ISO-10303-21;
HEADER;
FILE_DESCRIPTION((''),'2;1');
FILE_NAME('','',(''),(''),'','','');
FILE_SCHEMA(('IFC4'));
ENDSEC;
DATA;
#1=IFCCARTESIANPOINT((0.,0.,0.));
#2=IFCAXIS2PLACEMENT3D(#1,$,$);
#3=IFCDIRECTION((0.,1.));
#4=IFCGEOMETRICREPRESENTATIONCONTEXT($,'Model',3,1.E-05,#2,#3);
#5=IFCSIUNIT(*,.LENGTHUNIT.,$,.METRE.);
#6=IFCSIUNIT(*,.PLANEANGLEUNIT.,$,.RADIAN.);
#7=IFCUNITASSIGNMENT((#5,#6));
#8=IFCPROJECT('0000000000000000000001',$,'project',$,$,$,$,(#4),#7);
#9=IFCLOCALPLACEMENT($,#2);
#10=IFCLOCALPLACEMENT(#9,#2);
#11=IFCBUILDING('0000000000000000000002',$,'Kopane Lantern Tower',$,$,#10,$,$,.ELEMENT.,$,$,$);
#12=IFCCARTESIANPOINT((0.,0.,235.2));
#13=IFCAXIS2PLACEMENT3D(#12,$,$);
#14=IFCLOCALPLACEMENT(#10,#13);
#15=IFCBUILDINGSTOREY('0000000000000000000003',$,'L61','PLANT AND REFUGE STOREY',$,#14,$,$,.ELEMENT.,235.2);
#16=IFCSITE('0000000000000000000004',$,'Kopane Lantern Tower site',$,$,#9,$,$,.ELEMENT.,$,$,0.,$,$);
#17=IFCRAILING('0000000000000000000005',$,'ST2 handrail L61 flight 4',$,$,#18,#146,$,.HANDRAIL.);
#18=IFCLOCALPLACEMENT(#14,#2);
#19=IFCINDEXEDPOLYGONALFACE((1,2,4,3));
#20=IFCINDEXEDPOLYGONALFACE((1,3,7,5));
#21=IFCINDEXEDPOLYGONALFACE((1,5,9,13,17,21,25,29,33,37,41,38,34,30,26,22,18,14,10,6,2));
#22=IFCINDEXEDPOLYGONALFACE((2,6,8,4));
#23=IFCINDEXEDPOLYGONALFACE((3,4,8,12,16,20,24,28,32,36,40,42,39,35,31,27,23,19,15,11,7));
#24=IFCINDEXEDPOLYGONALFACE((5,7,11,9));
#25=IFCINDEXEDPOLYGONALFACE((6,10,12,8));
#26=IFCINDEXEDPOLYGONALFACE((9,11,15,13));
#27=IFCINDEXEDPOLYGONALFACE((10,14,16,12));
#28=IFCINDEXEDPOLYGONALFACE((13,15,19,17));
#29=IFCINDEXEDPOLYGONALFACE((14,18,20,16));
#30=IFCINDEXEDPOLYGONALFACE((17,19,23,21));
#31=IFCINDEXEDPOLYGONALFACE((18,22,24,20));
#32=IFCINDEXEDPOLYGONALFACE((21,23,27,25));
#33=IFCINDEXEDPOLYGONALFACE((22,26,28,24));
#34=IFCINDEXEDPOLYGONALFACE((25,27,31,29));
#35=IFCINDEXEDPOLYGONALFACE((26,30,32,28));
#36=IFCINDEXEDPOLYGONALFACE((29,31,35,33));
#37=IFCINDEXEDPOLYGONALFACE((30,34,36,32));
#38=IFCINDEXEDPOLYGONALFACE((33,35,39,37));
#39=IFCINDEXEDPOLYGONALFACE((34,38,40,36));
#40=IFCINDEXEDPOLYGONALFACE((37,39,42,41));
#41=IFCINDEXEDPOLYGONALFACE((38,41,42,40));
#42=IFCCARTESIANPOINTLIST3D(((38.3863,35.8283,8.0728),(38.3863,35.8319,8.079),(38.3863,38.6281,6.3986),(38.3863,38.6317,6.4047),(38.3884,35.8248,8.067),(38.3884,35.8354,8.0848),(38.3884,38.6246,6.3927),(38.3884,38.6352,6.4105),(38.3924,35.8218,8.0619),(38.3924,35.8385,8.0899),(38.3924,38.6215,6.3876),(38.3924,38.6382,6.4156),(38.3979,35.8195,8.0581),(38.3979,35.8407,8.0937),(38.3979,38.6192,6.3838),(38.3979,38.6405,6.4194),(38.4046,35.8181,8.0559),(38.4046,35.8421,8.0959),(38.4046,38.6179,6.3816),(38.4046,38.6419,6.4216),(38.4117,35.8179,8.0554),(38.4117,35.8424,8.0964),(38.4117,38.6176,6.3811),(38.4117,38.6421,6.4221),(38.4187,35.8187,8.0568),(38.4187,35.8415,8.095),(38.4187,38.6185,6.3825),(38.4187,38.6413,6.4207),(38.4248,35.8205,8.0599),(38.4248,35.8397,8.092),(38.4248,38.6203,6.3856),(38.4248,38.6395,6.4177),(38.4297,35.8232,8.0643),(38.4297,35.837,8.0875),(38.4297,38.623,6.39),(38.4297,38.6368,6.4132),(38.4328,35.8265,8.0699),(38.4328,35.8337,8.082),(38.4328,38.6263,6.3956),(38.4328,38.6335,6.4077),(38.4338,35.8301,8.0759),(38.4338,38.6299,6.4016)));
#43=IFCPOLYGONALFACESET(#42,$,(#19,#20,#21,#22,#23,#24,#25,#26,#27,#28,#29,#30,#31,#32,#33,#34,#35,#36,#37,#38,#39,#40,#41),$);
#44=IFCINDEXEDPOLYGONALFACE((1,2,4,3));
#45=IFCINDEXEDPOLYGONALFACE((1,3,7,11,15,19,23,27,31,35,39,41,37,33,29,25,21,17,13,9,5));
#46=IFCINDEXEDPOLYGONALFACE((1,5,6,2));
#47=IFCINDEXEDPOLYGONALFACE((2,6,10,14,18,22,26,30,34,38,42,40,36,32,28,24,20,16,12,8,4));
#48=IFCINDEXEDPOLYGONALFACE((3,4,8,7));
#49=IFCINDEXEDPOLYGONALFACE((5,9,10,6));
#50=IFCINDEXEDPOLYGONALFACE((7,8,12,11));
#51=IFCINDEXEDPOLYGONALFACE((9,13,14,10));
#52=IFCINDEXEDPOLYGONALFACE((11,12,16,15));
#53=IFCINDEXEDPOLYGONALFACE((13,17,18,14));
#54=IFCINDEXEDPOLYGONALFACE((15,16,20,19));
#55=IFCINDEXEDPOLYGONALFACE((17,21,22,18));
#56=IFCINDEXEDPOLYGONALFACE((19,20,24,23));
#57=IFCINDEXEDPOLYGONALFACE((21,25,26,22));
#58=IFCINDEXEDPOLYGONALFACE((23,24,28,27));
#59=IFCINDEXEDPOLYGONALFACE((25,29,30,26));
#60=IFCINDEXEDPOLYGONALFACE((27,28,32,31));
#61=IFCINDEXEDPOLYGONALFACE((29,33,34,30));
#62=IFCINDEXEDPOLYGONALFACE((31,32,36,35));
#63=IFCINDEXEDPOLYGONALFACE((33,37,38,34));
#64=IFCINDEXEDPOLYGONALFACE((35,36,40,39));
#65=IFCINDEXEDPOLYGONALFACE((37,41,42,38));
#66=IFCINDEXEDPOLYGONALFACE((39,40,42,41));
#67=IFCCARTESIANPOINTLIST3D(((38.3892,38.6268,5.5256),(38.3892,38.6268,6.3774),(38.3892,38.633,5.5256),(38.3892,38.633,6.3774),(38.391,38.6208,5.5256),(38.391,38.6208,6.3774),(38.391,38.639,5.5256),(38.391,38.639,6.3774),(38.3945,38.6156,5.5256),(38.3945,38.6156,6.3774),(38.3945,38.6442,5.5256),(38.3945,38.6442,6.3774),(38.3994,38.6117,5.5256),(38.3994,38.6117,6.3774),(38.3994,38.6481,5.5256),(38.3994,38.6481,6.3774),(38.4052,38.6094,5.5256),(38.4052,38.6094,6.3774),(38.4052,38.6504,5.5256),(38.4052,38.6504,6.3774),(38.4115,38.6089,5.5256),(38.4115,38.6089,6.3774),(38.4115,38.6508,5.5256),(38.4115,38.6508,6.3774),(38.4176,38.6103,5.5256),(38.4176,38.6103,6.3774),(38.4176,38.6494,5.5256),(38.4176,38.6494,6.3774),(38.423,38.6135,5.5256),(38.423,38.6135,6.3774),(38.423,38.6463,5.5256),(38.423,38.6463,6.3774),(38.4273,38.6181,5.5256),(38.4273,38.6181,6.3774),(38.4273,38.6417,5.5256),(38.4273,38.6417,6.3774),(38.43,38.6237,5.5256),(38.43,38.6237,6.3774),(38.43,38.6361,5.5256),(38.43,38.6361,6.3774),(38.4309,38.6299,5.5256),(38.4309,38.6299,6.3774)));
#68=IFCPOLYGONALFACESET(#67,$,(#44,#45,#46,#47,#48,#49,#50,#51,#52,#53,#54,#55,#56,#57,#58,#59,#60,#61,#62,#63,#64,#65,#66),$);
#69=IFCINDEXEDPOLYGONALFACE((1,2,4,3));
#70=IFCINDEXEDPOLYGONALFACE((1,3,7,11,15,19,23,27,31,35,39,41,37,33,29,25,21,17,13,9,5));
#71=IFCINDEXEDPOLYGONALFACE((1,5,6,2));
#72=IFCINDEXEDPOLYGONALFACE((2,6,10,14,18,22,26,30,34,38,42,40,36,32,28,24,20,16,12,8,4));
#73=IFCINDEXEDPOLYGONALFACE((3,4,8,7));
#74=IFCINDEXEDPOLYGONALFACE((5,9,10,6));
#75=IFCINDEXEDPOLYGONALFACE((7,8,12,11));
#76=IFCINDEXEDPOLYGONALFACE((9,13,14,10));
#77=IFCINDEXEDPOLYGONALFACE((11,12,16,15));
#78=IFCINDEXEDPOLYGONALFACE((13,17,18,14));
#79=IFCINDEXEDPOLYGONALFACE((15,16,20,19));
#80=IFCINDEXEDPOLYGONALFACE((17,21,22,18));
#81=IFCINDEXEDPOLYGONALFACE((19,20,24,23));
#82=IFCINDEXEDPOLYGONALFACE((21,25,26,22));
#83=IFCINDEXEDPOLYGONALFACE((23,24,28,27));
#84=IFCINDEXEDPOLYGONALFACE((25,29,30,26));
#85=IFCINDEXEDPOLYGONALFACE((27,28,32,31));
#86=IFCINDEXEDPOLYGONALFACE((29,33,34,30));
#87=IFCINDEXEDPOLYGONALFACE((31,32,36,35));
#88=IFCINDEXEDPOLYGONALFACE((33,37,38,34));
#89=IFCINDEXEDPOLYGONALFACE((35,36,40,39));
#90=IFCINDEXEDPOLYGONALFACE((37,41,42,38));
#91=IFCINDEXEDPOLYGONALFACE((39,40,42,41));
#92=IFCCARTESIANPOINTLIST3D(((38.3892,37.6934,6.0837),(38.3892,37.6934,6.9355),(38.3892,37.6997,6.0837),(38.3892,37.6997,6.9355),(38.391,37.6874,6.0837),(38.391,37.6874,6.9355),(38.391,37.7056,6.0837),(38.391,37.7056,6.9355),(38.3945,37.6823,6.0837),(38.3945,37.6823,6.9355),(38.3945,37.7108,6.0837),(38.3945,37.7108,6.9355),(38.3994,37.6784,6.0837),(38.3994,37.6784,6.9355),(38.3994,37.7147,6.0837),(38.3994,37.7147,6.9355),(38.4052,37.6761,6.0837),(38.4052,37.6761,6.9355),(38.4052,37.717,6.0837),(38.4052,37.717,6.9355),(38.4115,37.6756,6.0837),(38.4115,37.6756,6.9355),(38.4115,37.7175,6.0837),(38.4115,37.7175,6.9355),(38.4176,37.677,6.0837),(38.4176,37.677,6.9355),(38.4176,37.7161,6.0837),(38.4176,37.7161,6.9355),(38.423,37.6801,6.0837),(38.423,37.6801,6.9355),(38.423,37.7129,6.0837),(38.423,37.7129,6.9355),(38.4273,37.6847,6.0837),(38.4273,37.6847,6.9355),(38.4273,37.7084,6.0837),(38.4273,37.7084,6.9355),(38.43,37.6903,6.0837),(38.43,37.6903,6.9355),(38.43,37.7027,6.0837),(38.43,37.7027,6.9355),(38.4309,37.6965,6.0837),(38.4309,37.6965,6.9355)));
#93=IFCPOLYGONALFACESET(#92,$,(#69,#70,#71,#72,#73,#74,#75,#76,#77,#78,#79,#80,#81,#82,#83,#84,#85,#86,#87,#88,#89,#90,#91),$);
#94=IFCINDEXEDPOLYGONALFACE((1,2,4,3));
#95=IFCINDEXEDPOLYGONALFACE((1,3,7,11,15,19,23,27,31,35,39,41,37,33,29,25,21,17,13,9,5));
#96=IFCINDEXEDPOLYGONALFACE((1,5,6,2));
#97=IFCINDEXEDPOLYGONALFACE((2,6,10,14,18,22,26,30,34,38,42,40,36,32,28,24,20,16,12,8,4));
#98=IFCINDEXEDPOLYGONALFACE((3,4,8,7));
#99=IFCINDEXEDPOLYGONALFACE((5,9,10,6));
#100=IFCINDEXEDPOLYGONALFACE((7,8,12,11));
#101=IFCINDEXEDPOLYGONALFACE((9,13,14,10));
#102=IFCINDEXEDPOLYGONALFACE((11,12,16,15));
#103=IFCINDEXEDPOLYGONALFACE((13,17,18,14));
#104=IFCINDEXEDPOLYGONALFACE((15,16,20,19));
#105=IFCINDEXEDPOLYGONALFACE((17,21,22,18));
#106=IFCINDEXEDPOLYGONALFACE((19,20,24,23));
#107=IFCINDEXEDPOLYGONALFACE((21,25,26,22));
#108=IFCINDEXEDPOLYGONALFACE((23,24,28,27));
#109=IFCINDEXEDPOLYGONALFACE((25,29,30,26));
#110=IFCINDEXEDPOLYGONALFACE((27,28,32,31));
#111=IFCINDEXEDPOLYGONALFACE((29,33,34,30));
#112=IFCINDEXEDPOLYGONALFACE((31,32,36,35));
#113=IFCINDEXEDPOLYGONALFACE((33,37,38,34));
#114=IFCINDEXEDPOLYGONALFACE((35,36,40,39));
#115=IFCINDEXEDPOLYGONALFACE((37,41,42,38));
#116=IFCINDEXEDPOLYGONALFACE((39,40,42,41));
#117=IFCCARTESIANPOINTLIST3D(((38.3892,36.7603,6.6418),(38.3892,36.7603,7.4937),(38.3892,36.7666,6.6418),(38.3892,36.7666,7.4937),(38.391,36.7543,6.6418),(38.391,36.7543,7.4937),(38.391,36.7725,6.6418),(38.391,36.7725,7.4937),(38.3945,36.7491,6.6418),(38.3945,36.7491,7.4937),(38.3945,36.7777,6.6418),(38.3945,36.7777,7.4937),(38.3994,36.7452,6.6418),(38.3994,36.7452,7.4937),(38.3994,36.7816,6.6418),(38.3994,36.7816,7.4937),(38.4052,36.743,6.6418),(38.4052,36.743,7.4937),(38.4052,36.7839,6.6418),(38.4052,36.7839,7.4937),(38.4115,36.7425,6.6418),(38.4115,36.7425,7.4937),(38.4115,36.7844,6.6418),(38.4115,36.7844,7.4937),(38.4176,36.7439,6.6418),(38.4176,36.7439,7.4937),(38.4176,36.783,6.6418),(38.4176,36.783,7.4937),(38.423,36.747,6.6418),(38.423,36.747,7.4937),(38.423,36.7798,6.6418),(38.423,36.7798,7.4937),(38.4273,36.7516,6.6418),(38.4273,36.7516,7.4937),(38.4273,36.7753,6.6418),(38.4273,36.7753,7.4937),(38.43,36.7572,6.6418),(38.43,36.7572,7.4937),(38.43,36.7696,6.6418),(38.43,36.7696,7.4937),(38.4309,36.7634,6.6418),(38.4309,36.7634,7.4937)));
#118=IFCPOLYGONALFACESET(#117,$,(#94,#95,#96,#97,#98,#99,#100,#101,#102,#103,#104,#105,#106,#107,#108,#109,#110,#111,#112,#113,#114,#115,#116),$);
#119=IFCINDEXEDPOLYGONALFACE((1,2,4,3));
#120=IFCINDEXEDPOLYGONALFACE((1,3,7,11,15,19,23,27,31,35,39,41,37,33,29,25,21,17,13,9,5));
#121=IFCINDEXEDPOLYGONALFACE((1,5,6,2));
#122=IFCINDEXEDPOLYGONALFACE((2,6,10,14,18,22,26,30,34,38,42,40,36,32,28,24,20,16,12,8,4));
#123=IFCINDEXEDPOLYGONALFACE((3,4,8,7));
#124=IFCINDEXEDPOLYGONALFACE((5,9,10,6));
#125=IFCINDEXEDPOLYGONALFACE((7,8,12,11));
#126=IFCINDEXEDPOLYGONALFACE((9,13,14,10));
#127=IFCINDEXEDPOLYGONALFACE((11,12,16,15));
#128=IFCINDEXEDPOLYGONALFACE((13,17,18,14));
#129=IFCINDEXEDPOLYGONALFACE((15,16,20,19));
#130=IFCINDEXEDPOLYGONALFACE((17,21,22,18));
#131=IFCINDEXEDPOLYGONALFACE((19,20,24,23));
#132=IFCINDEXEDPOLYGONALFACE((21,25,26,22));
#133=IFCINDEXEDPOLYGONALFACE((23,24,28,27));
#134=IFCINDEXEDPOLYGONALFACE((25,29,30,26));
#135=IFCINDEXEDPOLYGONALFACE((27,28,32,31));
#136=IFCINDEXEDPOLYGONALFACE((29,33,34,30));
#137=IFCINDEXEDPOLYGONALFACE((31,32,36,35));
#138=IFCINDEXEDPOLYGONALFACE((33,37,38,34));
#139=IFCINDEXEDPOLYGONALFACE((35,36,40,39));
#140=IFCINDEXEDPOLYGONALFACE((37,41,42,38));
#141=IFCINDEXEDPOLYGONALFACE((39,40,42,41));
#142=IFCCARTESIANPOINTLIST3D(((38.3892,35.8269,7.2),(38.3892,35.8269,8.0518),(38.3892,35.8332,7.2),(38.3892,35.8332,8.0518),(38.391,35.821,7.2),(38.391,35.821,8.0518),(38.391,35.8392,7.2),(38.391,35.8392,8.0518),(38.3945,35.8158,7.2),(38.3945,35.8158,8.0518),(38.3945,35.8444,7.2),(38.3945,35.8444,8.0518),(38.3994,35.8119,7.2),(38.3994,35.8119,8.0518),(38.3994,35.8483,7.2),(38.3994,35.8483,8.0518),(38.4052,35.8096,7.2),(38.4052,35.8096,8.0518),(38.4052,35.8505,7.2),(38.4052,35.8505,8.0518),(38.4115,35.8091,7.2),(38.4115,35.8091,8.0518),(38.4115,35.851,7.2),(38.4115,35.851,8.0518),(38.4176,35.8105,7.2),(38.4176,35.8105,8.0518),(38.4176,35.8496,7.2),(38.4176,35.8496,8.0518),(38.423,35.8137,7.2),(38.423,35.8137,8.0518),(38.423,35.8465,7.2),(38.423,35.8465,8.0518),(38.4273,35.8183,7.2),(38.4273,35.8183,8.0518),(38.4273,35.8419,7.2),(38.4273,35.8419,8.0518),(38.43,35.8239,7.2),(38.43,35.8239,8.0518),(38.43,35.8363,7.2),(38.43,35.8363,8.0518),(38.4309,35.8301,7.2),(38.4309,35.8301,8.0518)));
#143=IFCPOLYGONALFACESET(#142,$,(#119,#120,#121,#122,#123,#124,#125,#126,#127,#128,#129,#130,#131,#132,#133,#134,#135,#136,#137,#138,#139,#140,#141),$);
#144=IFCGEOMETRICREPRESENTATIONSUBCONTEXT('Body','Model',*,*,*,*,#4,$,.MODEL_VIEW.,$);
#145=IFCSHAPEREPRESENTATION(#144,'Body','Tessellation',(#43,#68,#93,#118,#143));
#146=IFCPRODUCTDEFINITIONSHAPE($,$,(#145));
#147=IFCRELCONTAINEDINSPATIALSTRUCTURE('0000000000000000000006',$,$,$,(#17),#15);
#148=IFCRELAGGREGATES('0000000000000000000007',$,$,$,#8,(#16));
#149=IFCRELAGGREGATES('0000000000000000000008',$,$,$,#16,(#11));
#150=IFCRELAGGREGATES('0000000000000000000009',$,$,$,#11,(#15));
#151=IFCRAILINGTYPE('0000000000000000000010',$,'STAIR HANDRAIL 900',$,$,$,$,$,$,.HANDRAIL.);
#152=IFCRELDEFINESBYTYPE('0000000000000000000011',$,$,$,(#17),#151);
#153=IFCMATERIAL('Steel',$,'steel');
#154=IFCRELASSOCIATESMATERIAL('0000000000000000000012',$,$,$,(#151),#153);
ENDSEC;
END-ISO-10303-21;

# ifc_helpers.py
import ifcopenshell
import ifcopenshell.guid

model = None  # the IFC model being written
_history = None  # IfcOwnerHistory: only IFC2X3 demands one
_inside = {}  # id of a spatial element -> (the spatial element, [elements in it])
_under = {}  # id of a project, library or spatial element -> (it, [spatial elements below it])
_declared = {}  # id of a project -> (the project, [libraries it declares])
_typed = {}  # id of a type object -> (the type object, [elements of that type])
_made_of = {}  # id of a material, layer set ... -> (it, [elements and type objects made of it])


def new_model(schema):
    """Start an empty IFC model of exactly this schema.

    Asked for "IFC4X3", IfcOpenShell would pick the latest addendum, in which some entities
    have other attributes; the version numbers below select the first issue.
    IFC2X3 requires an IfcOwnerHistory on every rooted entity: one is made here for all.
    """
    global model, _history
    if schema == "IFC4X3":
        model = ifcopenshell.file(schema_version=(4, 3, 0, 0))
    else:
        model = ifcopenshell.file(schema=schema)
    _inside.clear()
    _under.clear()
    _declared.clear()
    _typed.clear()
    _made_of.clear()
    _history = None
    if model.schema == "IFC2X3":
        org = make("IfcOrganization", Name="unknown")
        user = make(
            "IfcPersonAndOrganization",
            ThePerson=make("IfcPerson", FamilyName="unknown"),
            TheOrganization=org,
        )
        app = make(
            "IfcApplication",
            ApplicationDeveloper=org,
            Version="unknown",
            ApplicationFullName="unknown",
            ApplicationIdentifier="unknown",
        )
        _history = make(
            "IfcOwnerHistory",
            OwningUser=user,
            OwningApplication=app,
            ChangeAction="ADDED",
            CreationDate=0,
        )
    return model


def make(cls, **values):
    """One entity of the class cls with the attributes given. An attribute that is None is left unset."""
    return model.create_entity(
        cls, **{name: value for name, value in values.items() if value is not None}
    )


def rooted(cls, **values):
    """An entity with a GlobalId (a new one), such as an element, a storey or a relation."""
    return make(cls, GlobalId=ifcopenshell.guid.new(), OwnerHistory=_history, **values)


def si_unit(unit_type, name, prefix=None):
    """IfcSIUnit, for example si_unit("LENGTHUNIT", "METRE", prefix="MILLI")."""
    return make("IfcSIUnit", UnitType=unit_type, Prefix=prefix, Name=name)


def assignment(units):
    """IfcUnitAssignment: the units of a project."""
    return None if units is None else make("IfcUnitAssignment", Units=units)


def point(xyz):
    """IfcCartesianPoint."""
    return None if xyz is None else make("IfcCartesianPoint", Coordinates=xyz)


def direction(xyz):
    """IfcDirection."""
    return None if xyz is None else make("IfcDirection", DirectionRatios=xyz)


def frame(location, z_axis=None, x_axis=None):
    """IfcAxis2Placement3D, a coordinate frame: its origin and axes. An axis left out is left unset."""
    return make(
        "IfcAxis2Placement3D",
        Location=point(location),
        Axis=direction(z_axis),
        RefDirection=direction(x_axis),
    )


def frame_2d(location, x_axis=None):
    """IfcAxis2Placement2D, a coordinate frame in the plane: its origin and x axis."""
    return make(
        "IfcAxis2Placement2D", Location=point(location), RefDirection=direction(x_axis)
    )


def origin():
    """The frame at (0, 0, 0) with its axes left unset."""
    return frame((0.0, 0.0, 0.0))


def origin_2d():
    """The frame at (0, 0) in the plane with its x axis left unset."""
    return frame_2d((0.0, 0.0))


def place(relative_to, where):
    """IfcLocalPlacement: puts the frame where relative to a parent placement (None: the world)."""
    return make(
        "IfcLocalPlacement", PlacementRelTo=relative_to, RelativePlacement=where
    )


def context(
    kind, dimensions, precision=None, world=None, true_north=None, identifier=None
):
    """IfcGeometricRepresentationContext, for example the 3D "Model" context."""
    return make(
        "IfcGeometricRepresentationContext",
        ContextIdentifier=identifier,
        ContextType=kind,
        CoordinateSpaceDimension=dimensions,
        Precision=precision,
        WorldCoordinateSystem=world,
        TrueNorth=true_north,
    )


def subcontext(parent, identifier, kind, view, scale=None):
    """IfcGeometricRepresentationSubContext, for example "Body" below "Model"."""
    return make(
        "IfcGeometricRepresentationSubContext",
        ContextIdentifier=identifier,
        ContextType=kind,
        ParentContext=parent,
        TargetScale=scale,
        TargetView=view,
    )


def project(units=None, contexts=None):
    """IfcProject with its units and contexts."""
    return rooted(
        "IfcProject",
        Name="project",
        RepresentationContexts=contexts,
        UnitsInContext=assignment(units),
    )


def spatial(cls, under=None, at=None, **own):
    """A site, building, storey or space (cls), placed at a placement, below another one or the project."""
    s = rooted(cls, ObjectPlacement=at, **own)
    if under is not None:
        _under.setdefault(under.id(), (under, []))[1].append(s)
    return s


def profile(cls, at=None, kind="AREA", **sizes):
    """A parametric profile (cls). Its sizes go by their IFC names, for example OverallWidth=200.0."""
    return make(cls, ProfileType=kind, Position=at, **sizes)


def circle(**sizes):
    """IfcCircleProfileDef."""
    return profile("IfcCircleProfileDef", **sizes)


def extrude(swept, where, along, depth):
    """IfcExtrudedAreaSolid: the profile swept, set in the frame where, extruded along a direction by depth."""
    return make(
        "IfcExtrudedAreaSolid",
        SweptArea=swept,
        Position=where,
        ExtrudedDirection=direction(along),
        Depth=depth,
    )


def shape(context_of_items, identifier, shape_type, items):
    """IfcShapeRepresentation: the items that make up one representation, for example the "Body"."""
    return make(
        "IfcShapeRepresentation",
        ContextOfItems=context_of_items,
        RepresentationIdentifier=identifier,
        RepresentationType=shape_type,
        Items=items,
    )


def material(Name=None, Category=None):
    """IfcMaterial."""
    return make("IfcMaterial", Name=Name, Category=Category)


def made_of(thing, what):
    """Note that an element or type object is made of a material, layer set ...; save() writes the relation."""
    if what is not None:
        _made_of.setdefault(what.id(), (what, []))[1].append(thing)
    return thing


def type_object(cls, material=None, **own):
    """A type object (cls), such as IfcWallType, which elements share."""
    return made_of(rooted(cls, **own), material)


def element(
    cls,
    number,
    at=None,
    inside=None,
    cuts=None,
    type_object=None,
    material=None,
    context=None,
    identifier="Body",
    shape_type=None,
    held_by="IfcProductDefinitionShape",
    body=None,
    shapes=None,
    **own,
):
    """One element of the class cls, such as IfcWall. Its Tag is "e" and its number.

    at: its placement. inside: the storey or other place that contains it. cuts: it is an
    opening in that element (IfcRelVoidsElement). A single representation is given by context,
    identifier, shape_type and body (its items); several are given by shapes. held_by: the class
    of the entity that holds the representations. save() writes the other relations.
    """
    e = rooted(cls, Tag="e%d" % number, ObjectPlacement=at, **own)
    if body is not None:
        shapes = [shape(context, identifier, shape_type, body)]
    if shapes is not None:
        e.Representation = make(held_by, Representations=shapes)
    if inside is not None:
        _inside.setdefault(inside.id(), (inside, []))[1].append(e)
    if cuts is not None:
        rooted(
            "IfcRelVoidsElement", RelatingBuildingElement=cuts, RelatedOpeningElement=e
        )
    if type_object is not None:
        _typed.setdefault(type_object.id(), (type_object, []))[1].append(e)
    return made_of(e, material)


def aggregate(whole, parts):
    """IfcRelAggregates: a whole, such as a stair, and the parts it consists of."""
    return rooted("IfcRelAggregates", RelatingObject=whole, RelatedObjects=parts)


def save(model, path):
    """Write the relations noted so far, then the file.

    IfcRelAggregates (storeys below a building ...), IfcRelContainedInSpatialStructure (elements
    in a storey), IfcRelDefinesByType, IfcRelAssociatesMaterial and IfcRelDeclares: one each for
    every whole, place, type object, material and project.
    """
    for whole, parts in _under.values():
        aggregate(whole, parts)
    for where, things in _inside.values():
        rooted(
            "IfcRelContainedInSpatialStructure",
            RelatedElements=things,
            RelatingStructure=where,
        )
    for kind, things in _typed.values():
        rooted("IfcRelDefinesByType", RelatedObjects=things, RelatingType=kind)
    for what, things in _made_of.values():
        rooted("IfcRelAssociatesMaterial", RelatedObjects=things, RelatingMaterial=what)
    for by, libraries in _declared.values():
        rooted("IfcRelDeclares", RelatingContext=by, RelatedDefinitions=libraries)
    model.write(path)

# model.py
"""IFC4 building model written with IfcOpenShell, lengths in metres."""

from ifc_helpers import new_model, si_unit, direction, frame, origin, origin_2d, place, context, subcontext, project, spatial, circle, extrude, material, type_object, element, save


model = new_model("IFC4")

# Units and contexts
model_context = context("Model", 3, precision=1e-05, world=origin(), true_north=direction((0.0, 1.0)))
body_context = subcontext(model_context, "Body", "Model", "MODEL_VIEW")
ifc_project = project(units=[si_unit("LENGTHUNIT", "METRE"), si_unit("PLANEANGLEUNIT", "RADIAN")], contexts=[model_context])

# Site, building, storey
site_placement = place(None, origin())
site = spatial("IfcSite", under=ifc_project, at=site_placement, Name="Kopane Lantern Tower site", CompositionType="ELEMENT", RefElevation=0.0)
building_placement = place(site_placement, origin())
building = spatial("IfcBuilding", under=site, at=building_placement, Name="Kopane Lantern Tower", CompositionType="ELEMENT")
storey_placement = place(building_placement, frame((0.0, 0.0, 235.2)))
storey = spatial("IfcBuildingStorey", under=building, at=storey_placement, Name="L61", Description="PLANT AND REFUGE STOREY", CompositionType="ELEMENT", Elevation=235.2)

# Railing
ifc_material_1 = material(Name="Steel", Category="steel")
railing_type_1 = type_object("IfcRailingType", Name="STAIR HANDRAIL 900", PredefinedType="HANDRAIL", material=ifc_material_1)
for number, where, name in (
    (1, (38.4099, 38.6299, 5.5256), "ST2 handrail L61 flight 4"),
):
    element("IfcRailing", number, at=place(storey_placement, frame(where)), inside=storey, type_object=railing_type_1, Name=name, PredefinedType="HANDRAIL", context=body_context, shape_type="SweptSolid", body=[
        extrude(circle(Radius=0.0239, at=origin_2d()), frame((0.0, 0.0, 0.876), z_axis=(0.0, -0.858245, 0.513241), x_axis=(1.0, 0.0, 0.0)), (0.0, 0.0, 1.0), 3.2622),
        extrude(circle(Radius=0.021, at=origin_2d()), origin(), (0.0, 0.0, 1.0), 0.8518),
        extrude(circle(Radius=0.021, at=origin_2d()), frame((0.0, -0.9333, 0.5581)), (0.0, 0.0, 1.0), 0.8518),
        extrude(circle(Radius=0.021, at=origin_2d()), frame((0.0, -1.8665, 1.1162)), (0.0, 0.0, 1.0), 0.8518),
        extrude(circle(Radius=0.021, at=origin_2d()), frame((0.0, -2.7998, 1.6743)), (0.0, 0.0, 1.0), 0.8518),
    ])

save(model, "model.ifc")
